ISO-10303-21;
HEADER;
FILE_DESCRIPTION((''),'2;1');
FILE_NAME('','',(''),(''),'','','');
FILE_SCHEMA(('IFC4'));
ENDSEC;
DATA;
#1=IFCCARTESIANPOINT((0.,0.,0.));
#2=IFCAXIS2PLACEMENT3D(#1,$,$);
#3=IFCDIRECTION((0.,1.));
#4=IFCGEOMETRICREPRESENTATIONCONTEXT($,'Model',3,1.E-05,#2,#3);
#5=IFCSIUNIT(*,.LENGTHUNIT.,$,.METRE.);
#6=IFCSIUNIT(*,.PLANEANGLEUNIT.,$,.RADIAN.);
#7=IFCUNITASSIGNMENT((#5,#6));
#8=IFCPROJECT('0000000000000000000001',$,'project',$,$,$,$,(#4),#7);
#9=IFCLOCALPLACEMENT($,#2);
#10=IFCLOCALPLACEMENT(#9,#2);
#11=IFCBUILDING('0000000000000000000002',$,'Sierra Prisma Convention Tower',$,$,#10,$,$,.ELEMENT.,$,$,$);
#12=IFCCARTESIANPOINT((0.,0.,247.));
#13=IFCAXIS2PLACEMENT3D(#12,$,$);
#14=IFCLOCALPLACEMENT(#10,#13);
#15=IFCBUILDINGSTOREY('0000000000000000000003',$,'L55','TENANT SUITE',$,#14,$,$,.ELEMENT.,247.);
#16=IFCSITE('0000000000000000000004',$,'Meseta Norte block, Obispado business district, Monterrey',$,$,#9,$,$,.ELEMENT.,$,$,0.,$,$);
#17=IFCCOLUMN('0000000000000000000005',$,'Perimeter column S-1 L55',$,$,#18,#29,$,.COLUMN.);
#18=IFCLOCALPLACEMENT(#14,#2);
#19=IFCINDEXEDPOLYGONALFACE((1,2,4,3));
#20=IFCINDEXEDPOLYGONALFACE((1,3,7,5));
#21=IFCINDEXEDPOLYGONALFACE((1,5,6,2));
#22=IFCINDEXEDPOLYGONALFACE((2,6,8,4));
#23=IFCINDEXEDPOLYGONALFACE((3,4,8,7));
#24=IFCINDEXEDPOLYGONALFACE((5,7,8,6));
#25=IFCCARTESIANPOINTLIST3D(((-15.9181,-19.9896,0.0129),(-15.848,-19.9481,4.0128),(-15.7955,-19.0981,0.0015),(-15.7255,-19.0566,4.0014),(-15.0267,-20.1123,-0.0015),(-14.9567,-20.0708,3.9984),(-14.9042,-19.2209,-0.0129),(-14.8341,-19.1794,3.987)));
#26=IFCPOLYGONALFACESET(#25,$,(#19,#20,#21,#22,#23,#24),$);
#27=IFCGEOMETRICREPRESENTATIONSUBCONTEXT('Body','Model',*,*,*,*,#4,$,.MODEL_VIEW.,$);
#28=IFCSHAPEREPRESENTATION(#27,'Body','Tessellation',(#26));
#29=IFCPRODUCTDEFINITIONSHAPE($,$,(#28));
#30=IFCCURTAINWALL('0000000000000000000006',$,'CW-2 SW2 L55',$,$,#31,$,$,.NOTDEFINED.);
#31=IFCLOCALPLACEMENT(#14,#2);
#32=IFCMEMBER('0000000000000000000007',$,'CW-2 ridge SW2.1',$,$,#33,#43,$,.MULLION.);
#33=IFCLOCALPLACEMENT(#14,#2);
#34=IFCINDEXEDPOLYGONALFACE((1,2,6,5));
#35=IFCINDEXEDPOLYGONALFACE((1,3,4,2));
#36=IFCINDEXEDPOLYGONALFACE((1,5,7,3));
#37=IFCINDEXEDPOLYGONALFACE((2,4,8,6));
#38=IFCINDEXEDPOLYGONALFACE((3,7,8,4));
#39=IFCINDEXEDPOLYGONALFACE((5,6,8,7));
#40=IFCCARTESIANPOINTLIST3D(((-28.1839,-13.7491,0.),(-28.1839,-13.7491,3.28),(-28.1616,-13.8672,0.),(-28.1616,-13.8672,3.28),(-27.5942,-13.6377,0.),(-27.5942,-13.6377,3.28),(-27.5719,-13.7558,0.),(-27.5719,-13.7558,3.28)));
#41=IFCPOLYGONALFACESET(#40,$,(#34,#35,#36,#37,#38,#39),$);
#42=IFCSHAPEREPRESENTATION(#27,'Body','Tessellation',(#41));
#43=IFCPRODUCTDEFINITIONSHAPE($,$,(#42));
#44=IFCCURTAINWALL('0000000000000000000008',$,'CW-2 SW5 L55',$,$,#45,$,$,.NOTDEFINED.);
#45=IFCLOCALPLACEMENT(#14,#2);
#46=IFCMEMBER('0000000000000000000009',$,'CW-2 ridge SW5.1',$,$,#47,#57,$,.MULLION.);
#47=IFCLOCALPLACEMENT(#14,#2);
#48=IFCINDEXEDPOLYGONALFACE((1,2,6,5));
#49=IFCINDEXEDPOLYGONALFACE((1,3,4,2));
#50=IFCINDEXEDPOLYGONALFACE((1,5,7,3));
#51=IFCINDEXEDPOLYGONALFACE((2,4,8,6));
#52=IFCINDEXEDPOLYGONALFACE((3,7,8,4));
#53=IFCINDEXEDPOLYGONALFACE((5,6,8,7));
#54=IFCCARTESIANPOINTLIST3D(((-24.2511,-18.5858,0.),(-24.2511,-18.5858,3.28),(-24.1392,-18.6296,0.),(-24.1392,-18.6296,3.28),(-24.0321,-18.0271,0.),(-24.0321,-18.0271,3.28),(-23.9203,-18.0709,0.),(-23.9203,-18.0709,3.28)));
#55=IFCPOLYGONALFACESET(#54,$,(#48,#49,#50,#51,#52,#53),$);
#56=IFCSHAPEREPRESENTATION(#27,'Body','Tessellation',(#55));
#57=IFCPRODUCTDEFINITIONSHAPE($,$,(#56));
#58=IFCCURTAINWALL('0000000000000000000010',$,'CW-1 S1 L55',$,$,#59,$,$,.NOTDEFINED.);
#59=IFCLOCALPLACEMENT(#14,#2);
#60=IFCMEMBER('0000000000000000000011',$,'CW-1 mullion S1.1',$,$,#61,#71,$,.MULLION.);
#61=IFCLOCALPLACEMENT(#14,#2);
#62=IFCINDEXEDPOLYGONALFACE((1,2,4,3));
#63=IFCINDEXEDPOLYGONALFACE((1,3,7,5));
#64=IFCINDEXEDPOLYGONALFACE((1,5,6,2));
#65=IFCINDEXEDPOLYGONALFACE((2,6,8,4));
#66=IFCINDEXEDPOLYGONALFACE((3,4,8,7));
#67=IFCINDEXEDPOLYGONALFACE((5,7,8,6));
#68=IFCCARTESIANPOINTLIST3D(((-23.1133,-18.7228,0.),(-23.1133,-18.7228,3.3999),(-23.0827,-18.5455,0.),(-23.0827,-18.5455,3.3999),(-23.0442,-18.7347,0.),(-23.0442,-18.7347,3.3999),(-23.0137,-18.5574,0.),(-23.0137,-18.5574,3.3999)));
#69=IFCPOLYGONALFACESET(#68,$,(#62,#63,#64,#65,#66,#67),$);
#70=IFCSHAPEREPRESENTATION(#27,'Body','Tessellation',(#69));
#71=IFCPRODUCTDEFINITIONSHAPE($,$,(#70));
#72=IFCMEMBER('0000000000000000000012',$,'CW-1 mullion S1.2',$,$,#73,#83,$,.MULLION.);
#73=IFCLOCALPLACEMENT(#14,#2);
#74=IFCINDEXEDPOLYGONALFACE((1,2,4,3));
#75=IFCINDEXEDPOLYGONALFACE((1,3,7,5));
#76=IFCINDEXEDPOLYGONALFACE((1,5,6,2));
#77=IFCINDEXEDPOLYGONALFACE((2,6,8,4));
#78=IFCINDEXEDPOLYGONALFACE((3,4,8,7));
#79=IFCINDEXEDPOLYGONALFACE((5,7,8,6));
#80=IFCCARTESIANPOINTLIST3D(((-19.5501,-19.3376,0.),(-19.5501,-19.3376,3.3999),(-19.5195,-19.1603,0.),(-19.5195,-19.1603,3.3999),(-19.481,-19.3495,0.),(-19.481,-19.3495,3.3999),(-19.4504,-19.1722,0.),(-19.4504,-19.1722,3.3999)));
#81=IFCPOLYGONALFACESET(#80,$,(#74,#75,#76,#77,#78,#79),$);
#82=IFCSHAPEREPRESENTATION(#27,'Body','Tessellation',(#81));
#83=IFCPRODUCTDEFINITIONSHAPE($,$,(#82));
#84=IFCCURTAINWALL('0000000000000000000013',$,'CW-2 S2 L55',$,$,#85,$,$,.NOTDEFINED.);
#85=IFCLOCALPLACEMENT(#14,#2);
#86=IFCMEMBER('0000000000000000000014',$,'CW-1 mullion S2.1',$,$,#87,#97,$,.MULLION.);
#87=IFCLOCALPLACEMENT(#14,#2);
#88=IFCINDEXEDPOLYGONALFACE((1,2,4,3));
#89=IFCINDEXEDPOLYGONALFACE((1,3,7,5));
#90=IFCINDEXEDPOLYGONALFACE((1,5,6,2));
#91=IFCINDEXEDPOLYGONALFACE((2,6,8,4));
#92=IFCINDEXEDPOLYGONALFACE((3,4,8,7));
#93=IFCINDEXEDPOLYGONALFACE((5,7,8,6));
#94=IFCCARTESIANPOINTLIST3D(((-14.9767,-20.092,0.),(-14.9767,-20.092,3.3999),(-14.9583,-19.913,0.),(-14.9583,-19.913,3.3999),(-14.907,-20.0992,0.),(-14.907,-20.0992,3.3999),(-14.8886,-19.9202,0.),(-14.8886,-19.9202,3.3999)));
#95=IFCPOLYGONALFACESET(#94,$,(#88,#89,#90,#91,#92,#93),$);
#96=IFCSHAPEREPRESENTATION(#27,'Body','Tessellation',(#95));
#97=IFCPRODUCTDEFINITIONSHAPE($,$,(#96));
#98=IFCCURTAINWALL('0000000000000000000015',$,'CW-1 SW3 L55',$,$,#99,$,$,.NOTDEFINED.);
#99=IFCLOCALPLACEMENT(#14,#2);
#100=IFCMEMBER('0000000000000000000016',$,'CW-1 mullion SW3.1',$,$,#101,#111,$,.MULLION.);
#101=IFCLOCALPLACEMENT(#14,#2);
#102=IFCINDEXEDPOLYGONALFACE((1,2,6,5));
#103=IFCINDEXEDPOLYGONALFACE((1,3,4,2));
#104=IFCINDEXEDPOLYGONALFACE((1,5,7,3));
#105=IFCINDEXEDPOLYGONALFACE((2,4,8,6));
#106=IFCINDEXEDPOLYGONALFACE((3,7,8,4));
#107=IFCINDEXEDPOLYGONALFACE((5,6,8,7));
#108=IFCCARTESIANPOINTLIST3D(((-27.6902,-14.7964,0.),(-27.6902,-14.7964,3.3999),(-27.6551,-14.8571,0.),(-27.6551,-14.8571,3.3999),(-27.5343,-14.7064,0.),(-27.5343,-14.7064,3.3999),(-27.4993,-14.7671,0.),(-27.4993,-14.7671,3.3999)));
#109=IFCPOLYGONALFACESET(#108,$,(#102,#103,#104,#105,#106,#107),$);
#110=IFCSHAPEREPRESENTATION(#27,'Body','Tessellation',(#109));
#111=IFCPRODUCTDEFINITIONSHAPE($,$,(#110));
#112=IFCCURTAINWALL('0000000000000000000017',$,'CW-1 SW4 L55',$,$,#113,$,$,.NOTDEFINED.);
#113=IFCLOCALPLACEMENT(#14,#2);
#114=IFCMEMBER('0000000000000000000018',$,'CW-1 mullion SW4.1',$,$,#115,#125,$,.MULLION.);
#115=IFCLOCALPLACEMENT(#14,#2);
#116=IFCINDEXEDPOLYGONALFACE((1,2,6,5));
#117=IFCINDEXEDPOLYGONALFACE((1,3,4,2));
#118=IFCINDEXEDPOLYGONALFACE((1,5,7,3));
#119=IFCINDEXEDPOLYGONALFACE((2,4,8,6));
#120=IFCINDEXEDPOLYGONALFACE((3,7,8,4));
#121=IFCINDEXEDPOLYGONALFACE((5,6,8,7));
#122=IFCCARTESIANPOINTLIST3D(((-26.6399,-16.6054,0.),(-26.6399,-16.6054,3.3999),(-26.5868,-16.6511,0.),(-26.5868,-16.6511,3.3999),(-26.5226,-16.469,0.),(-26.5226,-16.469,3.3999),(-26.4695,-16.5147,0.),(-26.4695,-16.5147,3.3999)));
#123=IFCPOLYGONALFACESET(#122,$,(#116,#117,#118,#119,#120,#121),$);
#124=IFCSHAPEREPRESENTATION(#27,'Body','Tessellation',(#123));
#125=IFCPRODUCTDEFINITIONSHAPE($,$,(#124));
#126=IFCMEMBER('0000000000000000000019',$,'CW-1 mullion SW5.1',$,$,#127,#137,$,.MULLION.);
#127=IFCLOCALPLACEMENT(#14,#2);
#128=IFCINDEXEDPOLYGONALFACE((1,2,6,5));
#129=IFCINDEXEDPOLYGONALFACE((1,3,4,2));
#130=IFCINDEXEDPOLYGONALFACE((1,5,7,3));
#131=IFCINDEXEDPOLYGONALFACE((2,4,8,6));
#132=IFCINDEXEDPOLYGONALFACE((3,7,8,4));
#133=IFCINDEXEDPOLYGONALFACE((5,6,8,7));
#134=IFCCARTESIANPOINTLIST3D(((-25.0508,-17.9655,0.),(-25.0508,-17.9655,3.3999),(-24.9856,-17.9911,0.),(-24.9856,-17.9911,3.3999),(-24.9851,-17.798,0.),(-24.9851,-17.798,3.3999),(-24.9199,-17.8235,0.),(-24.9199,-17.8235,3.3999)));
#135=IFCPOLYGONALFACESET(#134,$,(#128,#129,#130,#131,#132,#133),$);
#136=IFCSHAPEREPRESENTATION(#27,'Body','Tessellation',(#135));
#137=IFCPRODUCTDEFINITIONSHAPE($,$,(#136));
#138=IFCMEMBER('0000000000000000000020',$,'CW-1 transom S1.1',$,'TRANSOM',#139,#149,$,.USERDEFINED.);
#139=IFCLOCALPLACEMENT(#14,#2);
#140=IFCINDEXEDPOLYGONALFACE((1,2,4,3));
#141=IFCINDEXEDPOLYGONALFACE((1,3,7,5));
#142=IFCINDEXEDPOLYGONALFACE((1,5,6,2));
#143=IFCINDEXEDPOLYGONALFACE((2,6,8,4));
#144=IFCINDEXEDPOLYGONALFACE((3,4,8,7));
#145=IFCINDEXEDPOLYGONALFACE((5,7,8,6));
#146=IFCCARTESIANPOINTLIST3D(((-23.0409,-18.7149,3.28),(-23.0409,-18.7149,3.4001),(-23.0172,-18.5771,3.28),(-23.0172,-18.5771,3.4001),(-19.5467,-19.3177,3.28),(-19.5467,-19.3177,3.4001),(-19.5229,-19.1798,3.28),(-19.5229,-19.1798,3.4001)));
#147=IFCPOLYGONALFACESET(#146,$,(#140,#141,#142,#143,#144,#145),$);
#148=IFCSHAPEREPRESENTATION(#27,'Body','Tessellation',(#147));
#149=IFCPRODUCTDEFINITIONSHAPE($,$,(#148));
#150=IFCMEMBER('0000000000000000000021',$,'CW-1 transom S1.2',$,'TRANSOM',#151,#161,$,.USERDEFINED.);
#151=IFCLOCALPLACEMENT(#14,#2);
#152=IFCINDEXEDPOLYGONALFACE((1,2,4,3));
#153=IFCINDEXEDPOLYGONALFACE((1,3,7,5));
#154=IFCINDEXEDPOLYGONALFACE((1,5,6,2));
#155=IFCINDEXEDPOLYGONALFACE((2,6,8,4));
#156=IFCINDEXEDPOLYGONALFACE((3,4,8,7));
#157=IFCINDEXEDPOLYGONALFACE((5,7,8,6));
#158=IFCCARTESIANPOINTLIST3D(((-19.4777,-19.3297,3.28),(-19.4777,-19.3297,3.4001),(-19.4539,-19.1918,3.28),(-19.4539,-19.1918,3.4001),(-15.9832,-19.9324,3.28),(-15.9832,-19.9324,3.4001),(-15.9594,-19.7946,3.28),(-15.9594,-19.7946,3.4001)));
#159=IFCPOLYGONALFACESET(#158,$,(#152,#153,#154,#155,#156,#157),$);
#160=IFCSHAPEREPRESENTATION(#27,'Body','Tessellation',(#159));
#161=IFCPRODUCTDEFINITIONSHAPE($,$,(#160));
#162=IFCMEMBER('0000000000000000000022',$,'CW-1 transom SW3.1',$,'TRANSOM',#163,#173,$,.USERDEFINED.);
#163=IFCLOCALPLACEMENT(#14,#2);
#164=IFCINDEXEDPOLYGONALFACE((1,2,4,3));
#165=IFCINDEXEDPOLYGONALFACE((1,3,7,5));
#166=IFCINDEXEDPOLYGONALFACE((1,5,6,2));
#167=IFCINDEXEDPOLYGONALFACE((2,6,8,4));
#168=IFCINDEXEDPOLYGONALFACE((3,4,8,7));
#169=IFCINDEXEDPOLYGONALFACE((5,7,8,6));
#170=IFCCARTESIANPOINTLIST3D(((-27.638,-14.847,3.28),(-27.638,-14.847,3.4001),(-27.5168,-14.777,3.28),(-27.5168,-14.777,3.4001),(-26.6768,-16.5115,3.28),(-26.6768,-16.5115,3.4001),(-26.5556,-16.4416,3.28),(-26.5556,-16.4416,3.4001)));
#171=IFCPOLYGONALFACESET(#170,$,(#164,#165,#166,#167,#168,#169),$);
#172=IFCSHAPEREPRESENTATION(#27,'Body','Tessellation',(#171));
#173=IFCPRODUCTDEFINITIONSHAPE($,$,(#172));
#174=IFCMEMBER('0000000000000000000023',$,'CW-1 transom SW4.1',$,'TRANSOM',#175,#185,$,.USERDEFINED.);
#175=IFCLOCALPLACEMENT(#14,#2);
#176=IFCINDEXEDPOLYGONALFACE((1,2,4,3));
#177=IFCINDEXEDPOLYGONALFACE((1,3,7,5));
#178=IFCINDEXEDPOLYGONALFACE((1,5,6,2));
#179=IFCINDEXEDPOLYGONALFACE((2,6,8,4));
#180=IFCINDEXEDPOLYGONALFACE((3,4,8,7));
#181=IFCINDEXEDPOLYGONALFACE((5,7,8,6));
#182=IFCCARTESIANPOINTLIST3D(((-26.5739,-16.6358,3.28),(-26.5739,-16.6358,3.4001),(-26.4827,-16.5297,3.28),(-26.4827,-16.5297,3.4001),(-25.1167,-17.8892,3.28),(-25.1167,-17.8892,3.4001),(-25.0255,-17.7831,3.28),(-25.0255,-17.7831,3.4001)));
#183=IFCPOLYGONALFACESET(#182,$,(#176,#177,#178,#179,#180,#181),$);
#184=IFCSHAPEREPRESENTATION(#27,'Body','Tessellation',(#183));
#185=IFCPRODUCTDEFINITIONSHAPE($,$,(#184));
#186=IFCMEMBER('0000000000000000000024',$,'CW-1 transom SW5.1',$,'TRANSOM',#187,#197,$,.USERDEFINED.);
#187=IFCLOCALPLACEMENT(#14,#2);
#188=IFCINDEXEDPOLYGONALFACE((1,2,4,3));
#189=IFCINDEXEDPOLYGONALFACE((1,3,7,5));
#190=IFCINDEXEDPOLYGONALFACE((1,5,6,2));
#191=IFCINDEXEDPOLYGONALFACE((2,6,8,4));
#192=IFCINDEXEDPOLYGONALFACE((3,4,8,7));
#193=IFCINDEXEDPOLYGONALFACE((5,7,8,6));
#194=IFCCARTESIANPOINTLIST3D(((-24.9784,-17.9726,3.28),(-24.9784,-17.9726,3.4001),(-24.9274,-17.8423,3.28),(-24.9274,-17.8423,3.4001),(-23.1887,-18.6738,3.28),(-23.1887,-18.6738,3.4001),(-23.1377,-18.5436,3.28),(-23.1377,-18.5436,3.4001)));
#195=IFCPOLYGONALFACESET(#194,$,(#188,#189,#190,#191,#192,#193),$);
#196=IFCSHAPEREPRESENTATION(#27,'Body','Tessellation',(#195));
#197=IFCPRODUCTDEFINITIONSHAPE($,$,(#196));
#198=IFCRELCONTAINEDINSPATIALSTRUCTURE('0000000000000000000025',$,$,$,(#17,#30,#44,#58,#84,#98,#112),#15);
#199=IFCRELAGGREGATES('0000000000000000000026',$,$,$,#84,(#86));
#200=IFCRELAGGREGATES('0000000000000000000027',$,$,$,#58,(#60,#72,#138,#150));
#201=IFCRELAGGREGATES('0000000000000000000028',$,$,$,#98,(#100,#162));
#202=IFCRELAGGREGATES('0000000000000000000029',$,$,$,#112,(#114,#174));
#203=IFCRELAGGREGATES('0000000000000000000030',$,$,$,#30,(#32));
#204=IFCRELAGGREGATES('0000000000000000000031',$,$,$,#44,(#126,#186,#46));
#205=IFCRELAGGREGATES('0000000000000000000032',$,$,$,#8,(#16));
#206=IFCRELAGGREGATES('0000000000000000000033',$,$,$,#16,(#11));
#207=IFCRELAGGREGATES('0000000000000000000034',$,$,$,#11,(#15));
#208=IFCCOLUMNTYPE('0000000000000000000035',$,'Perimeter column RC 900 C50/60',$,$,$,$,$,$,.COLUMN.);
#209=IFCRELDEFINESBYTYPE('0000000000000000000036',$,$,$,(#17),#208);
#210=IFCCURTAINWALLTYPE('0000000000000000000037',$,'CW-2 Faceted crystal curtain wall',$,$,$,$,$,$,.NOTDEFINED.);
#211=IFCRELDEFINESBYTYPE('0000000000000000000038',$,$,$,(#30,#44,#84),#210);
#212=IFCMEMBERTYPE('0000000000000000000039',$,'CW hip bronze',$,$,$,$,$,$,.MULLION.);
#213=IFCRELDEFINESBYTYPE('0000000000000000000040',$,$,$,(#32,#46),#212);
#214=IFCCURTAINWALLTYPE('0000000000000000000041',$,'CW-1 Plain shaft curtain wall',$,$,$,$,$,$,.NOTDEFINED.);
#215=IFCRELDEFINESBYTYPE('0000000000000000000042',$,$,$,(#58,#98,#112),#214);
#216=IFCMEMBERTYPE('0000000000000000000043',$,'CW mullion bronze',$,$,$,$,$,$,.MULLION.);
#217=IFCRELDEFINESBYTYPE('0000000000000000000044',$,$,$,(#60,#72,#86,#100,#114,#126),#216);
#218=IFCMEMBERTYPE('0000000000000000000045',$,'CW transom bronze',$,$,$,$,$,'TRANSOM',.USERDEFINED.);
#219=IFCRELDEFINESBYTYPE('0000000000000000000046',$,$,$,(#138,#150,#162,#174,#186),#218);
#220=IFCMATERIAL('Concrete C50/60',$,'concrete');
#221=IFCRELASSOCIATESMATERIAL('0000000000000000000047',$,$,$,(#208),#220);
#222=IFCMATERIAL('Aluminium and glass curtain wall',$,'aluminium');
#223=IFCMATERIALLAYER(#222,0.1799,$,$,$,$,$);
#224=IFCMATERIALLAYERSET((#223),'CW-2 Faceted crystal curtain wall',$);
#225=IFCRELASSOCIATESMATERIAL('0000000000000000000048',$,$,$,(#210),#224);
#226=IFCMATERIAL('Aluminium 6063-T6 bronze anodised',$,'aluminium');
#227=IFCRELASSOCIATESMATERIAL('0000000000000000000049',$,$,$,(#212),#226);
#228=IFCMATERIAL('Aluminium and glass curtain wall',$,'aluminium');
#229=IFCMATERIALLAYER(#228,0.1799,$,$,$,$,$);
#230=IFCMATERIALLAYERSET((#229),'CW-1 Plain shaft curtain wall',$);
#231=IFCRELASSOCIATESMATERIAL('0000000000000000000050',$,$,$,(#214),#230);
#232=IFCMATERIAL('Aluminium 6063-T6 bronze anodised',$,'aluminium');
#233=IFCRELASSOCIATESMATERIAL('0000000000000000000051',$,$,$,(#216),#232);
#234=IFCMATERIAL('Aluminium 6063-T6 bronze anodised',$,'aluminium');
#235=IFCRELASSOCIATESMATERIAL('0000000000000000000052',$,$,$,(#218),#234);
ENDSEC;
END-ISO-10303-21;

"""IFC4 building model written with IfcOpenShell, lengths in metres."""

from ifc_helpers import new_model, si_unit, direction, frame, origin, origin_2d, place, context, subcontext, project, spatial, rectangle, extrude, material, layer, layer_set, material_profile, profile_set, type_object, element, aggregate, save


model = new_model("IFC4")

# Units and contexts
model_context = context("Model", 3, precision=1e-05, world=origin(), true_north=direction((0.0, 1.0)))
body_context = subcontext(model_context, "Body", "Model", "MODEL_VIEW")
ifc_project = project(units=[si_unit("LENGTHUNIT", "METRE"), si_unit("PLANEANGLEUNIT", "RADIAN")], contexts=[model_context])

# Site, building, storey
site_placement = place(None, origin())
site = spatial("IfcSite", under=ifc_project, at=site_placement, Name="Meseta Norte block, Obispado business district, Monterrey", CompositionType="ELEMENT", RefElevation=0.0)
building_placement = place(site_placement, origin())
building = spatial("IfcBuilding", under=site, at=building_placement, Name="Sierra Prisma Convention Tower", CompositionType="ELEMENT")
storey_placement = place(building_placement, frame((0.0, 0.0, 247.0)))
storey = spatial("IfcBuildingStorey", under=building, at=storey_placement, Name="L55", Description="TENANT SUITE", CompositionType="ELEMENT", Elevation=247.0)

# Column
ifc_material_1 = material(Name="Concrete C50/60", Category="concrete")
ifc_material_profile_1 = material_profile(ifc_material_1, rectangle(XDim=0.8999, YDim=0.8999, at=origin_2d()), Name="Perimeter column RC 900 C50/60")
ifc_profile_set_1 = profile_set([ifc_material_profile_1], Name="Concrete C50/60")
column_type = type_object("IfcColumnType", Name="Perimeter column RC 900 C50/60", PredefinedType="COLUMN", material=ifc_profile_set_1)
column_placement = place(storey_placement, frame((-15.4111, -19.6052, 0.0), z_axis=(0.017513, 0.010374, 0.999793), x_axis=(-0.990524, 0.136416, 0.015936)))
element("IfcColumn", 1, at=column_placement, inside=storey, type_object=column_type, Name="Perimeter column S-1 L55", PredefinedType="COLUMN", context=body_context, shape_type="SweptSolid", body=[
    extrude(rectangle(XDim=0.8999, YDim=0.8999, at=origin_2d()), origin(), (0.0, 0.0, 1.0), 4.0007),
])

# Curtain walls, members
ifc_material_2 = material(Name="Aluminium and glass curtain wall", Category="aluminium")
ifc_layer_1 = layer(ifc_material_2, 0.1799)
ifc_layer_set_1 = layer_set([ifc_layer_1], Name="CW-2 Faceted crystal curtain wall")
curtain_wall_type_1 = type_object("IfcCurtainWallType", Name="CW-2 Faceted crystal curtain wall", PredefinedType="NOTDEFINED", material=ifc_layer_set_1)
curtain_wall_1_placement = place(storey_placement, origin())
curtain_wall_1 = element("IfcCurtainWall", 2, at=curtain_wall_1_placement, inside=storey, type_object=curtain_wall_type_1, Name="CW-2 SW2 L55", PredefinedType="NOTDEFINED")
ifc_material_3 = material(Name="Aluminium 6063-T6 bronze anodised", Category="aluminium")
ifc_material_profile_2 = material_profile(ifc_material_3, rectangle(XDim=0.1201, YDim=0.6001, at=origin_2d()), Name="ALU RIDGE BLADE 120x600")
ifc_profile_set_2 = profile_set([ifc_material_profile_2], Name="Aluminium 6063-T6 bronze anodised")
member_type_1 = type_object("IfcMemberType", Name="CW hip bronze", PredefinedType="MULLION", material=ifc_profile_set_2)
member_1_placement = place(storey_placement, frame((-27.8779, -13.7524, 0.0), z_axis=(0.0, 0.0, 1.0), x_axis=(0.185638, -0.982618, 0.0)))
member_1 = element("IfcMember", 3, at=member_1_placement, type_object=member_type_1, Name="CW-2 ridge SW2.1", PredefinedType="MULLION", context=body_context, shape_type="SweptSolid", body=[
    extrude(rectangle(XDim=0.1201, YDim=0.6001, at=origin_2d()), origin(), (0.0, 0.0, 1.0), 3.28),
])
curtain_wall_2_placement = place(storey_placement, origin())
curtain_wall_2 = element("IfcCurtainWall", 4, at=curtain_wall_2_placement, inside=storey, type_object=curtain_wall_type_1, Name="CW-2 SW5 L55", PredefinedType="NOTDEFINED")
member_2_placement = place(storey_placement, frame((-24.0857, -18.3284, 0.0), z_axis=(0.0, 0.0, 1.0), x_axis=(0.931077, -0.364822, 0.0)))
member_2 = element("IfcMember", 5, at=member_2_placement, type_object=member_type_1, Name="CW-2 ridge SW5.1", PredefinedType="MULLION", context=body_context, shape_type="SweptSolid", body=[
    extrude(rectangle(XDim=0.1201, YDim=0.6001, at=origin_2d()), origin(), (0.0, 0.0, 1.0), 3.28),
])

# Curtain wall, members
ifc_material_4 = material(Name="Aluminium and glass curtain wall", Category="aluminium")
ifc_layer_2 = layer(ifc_material_4, 0.1799)
ifc_layer_set_2 = layer_set([ifc_layer_2], Name="CW-1 Plain shaft curtain wall")
curtain_wall_type_2 = type_object("IfcCurtainWallType", Name="CW-1 Plain shaft curtain wall", PredefinedType="NOTDEFINED", material=ifc_layer_set_2)
curtain_wall_3_placement = place(storey_placement, origin())
curtain_wall_3 = element("IfcCurtainWall", 6, at=curtain_wall_3_placement, inside=storey, type_object=curtain_wall_type_2, Name="CW-1 S1 L55", PredefinedType="NOTDEFINED")
ifc_material_5 = material(Name="Aluminium 6063-T6 bronze anodised", Category="aluminium")
ifc_material_profile_3 = material_profile(ifc_material_5, rectangle(XDim=0.1799, YDim=0.0701, at=origin_2d()), Name="ALU MULLION 70x180")
ifc_profile_set_3 = profile_set([ifc_material_profile_3], Name="Aluminium 6063-T6 bronze anodised")
member_type_2 = type_object("IfcMemberType", Name="CW mullion bronze", PredefinedType="MULLION", material=ifc_profile_set_3)
member_3_placement = place(storey_placement, frame((-23.0635, -18.6401, 0.0), z_axis=(0.0, 0.0, 1.0), x_axis=(0.170006, 0.985443, 0.0)))
member_3 = element("IfcMember", 7, at=member_3_placement, type_object=member_type_2, Name="CW-1 mullion S1.1", PredefinedType="MULLION", context=body_context, shape_type="SweptSolid", body=[
    extrude(rectangle(XDim=0.1799, YDim=0.0701, at=origin_2d()), origin(), (0.0, 0.0, 1.0), 3.3999),
])
member_4_placement = place(storey_placement, frame((-19.5002, -19.2549, 0.0), z_axis=(0.0, 0.0, 1.0), x_axis=(0.170006, 0.985443, 0.0)))
member_4 = element("IfcMember", 8, at=member_4_placement, type_object=member_type_2, Name="CW-1 mullion S1.2", PredefinedType="MULLION", context=body_context, shape_type="SweptSolid", body=[
    extrude(rectangle(XDim=0.1799, YDim=0.0701, at=origin_2d()), origin(), (0.0, 0.0, 1.0), 3.3999),
])

# Curtain walls, members
curtain_wall_4_placement = place(storey_placement, origin())
curtain_wall_4 = element("IfcCurtainWall", 9, at=curtain_wall_4_placement, inside=storey, type_object=curtain_wall_type_1, Name="CW-2 S2 L55", PredefinedType="NOTDEFINED")
member_5_placement = place(storey_placement, frame((-14.9326, -20.0061, 0.0), z_axis=(0.0, 0.0, 1.0), x_axis=(0.102322, 0.994751, 0.0)))
member_5 = element("IfcMember", 10, at=member_5_placement, type_object=member_type_2, Name="CW-1 mullion S2.1", PredefinedType="MULLION", context=body_context, shape_type="SweptSolid", body=[
    extrude(rectangle(XDim=0.1799, YDim=0.0701, at=origin_2d()), origin(), (0.0, 0.0, 1.0), 3.3999),
])
aggregate(curtain_wall_4, [member_5])
curtain_wall_5_placement = place(storey_placement, origin())
curtain_wall_5 = element("IfcCurtainWall", 11, at=curtain_wall_5_placement, inside=storey, type_object=curtain_wall_type_2, Name="CW-1 SW3 L55", PredefinedType="NOTDEFINED")
member_6_placement = place(storey_placement, frame((-27.5947, -14.7817, 0.0), z_axis=(0.0, 0.0, 1.0), x_axis=(0.866025, 0.5, 0.0)))
member_6 = element("IfcMember", 12, at=member_6_placement, type_object=member_type_2, Name="CW-1 mullion SW3.1", PredefinedType="MULLION", context=body_context, shape_type="SweptSolid", body=[
    extrude(rectangle(XDim=0.1799, YDim=0.0701, at=origin_2d()), origin(), (0.0, 0.0, 1.0), 3.3999),
])
curtain_wall_6_placement = place(storey_placement, origin())
curtain_wall_6 = element("IfcCurtainWall", 13, at=curtain_wall_6_placement, inside=storey, type_object=curtain_wall_type_2, Name="CW-1 SW4 L55", PredefinedType="NOTDEFINED")
member_7_placement = place(storey_placement, frame((-26.5547, -16.5601, 0.0), z_axis=(0.0, 0.0, 1.0), x_axis=(0.652076, 0.758154, 0.0)))
member_7 = element("IfcMember", 14, at=member_7_placement, type_object=member_type_2, Name="CW-1 mullion SW4.1", PredefinedType="MULLION", context=body_context, shape_type="SweptSolid", body=[
    extrude(rectangle(XDim=0.1799, YDim=0.0701, at=origin_2d()), origin(), (0.0, 0.0, 1.0), 3.3999),
])

# Members
member_8_placement = place(storey_placement, frame((-24.9854, -17.8945, 0.0), z_axis=(0.0, 0.0, 1.0), x_axis=(0.364822, 0.931077, 0.0)))
member_8 = element("IfcMember", 15, at=member_8_placement, type_object=member_type_2, Name="CW-1 mullion SW5.1", PredefinedType="MULLION", context=body_context, shape_type="SweptSolid", body=[
    extrude(rectangle(XDim=0.1799, YDim=0.0701, at=origin_2d()), origin(), (0.0, 0.0, 1.0), 3.3999),
])
ifc_material_6 = material(Name="Aluminium 6063-T6 bronze anodised", Category="aluminium")
ifc_material_profile_4 = material_profile(ifc_material_6, rectangle(XDim=0.1399, YDim=0.1201, at=origin_2d()), Name="ALU TRANSOM 120x140")
ifc_profile_set_4 = profile_set([ifc_material_profile_4], Name="Aluminium 6063-T6 bronze anodised")
member_type_3 = type_object("IfcMemberType", Name="CW transom bronze", ElementType="TRANSOM", PredefinedType="USERDEFINED", material=ifc_profile_set_4)
member_9_placement = place(storey_placement, frame((-23.0291, -18.646, 3.3401), z_axis=(0.985446, -0.16999, 0.0), x_axis=(0.16999, 0.985446, 0.0)))
member_9 = element("IfcMember", 16, at=member_9_placement, type_object=member_type_3, Name="CW-1 transom S1.1", ObjectType="TRANSOM", PredefinedType="USERDEFINED", context=body_context, shape_type="SweptSolid", body=[
    extrude(rectangle(XDim=0.1399, YDim=0.1201, at=origin_2d()), origin(), (0.0, 0.0, 1.0), 3.5459),
])
member_10_placement = place(storey_placement, frame((-19.4658, -19.2607, 3.3401), z_axis=(0.985448, -0.169978, 0.0), x_axis=(0.169978, 0.985448, 0.0)))
member_10 = element("IfcMember", 17, at=member_10_placement, type_object=member_type_3, Name="CW-1 transom S1.2", ObjectType="TRANSOM", PredefinedType="USERDEFINED", context=body_context, shape_type="SweptSolid", body=[
    extrude(rectangle(XDim=0.1399, YDim=0.1201, at=origin_2d()), origin(), (0.0, 0.0, 1.0), 3.5461),
])
member_11_placement = place(storey_placement, frame((-27.5774, -14.812, 3.3401), z_axis=(0.50006, -0.865991, 0.0), x_axis=(0.865991, 0.50006, 0.0)))
member_11 = element("IfcMember", 18, at=member_11_placement, type_object=member_type_3, Name="CW-1 transom SW3.1", ObjectType="TRANSOM", PredefinedType="USERDEFINED", context=body_context, shape_type="SweptSolid", body=[
    extrude(rectangle(XDim=0.1399, YDim=0.1201, at=origin_2d()), origin(), (0.0, 0.0, 1.0), 1.9221),
])
member_12_placement = place(storey_placement, frame((-26.5283, -16.5828, 3.3401), z_axis=(0.758144, -0.652087, 0.0), x_axis=(0.652087, 0.758144, 0.0)))
member_12 = element("IfcMember", 19, at=member_12_placement, type_object=member_type_3, Name="CW-1 transom SW4.1", ObjectType="TRANSOM", PredefinedType="USERDEFINED", context=body_context, shape_type="SweptSolid", body=[
    extrude(rectangle(XDim=0.1399, YDim=0.1201, at=origin_2d()), origin(), (0.0, 0.0, 1.0), 1.9221),
])
member_13_placement = place(storey_placement, frame((-24.9529, -17.9075, 3.3401), z_axis=(0.931082, -0.364811, 0.0), x_axis=(0.364811, 0.931082, 0.0)))
member_13 = element("IfcMember", 20, at=member_13_placement, type_object=member_type_3, Name="CW-1 transom SW5.1", ObjectType="TRANSOM", PredefinedType="USERDEFINED", context=body_context, shape_type="SweptSolid", body=[
    extrude(rectangle(XDim=0.1399, YDim=0.1201, at=origin_2d()), origin(), (0.0, 0.0, 1.0), 1.9221),
])

aggregate(curtain_wall_3, [member_3, member_4, member_9, member_10])
aggregate(curtain_wall_5, [member_6, member_11])
aggregate(curtain_wall_6, [member_7, member_12])
aggregate(curtain_wall_1, [member_1])
aggregate(curtain_wall_2, [member_8, member_13, member_2])

save(model, "model.ifc")
